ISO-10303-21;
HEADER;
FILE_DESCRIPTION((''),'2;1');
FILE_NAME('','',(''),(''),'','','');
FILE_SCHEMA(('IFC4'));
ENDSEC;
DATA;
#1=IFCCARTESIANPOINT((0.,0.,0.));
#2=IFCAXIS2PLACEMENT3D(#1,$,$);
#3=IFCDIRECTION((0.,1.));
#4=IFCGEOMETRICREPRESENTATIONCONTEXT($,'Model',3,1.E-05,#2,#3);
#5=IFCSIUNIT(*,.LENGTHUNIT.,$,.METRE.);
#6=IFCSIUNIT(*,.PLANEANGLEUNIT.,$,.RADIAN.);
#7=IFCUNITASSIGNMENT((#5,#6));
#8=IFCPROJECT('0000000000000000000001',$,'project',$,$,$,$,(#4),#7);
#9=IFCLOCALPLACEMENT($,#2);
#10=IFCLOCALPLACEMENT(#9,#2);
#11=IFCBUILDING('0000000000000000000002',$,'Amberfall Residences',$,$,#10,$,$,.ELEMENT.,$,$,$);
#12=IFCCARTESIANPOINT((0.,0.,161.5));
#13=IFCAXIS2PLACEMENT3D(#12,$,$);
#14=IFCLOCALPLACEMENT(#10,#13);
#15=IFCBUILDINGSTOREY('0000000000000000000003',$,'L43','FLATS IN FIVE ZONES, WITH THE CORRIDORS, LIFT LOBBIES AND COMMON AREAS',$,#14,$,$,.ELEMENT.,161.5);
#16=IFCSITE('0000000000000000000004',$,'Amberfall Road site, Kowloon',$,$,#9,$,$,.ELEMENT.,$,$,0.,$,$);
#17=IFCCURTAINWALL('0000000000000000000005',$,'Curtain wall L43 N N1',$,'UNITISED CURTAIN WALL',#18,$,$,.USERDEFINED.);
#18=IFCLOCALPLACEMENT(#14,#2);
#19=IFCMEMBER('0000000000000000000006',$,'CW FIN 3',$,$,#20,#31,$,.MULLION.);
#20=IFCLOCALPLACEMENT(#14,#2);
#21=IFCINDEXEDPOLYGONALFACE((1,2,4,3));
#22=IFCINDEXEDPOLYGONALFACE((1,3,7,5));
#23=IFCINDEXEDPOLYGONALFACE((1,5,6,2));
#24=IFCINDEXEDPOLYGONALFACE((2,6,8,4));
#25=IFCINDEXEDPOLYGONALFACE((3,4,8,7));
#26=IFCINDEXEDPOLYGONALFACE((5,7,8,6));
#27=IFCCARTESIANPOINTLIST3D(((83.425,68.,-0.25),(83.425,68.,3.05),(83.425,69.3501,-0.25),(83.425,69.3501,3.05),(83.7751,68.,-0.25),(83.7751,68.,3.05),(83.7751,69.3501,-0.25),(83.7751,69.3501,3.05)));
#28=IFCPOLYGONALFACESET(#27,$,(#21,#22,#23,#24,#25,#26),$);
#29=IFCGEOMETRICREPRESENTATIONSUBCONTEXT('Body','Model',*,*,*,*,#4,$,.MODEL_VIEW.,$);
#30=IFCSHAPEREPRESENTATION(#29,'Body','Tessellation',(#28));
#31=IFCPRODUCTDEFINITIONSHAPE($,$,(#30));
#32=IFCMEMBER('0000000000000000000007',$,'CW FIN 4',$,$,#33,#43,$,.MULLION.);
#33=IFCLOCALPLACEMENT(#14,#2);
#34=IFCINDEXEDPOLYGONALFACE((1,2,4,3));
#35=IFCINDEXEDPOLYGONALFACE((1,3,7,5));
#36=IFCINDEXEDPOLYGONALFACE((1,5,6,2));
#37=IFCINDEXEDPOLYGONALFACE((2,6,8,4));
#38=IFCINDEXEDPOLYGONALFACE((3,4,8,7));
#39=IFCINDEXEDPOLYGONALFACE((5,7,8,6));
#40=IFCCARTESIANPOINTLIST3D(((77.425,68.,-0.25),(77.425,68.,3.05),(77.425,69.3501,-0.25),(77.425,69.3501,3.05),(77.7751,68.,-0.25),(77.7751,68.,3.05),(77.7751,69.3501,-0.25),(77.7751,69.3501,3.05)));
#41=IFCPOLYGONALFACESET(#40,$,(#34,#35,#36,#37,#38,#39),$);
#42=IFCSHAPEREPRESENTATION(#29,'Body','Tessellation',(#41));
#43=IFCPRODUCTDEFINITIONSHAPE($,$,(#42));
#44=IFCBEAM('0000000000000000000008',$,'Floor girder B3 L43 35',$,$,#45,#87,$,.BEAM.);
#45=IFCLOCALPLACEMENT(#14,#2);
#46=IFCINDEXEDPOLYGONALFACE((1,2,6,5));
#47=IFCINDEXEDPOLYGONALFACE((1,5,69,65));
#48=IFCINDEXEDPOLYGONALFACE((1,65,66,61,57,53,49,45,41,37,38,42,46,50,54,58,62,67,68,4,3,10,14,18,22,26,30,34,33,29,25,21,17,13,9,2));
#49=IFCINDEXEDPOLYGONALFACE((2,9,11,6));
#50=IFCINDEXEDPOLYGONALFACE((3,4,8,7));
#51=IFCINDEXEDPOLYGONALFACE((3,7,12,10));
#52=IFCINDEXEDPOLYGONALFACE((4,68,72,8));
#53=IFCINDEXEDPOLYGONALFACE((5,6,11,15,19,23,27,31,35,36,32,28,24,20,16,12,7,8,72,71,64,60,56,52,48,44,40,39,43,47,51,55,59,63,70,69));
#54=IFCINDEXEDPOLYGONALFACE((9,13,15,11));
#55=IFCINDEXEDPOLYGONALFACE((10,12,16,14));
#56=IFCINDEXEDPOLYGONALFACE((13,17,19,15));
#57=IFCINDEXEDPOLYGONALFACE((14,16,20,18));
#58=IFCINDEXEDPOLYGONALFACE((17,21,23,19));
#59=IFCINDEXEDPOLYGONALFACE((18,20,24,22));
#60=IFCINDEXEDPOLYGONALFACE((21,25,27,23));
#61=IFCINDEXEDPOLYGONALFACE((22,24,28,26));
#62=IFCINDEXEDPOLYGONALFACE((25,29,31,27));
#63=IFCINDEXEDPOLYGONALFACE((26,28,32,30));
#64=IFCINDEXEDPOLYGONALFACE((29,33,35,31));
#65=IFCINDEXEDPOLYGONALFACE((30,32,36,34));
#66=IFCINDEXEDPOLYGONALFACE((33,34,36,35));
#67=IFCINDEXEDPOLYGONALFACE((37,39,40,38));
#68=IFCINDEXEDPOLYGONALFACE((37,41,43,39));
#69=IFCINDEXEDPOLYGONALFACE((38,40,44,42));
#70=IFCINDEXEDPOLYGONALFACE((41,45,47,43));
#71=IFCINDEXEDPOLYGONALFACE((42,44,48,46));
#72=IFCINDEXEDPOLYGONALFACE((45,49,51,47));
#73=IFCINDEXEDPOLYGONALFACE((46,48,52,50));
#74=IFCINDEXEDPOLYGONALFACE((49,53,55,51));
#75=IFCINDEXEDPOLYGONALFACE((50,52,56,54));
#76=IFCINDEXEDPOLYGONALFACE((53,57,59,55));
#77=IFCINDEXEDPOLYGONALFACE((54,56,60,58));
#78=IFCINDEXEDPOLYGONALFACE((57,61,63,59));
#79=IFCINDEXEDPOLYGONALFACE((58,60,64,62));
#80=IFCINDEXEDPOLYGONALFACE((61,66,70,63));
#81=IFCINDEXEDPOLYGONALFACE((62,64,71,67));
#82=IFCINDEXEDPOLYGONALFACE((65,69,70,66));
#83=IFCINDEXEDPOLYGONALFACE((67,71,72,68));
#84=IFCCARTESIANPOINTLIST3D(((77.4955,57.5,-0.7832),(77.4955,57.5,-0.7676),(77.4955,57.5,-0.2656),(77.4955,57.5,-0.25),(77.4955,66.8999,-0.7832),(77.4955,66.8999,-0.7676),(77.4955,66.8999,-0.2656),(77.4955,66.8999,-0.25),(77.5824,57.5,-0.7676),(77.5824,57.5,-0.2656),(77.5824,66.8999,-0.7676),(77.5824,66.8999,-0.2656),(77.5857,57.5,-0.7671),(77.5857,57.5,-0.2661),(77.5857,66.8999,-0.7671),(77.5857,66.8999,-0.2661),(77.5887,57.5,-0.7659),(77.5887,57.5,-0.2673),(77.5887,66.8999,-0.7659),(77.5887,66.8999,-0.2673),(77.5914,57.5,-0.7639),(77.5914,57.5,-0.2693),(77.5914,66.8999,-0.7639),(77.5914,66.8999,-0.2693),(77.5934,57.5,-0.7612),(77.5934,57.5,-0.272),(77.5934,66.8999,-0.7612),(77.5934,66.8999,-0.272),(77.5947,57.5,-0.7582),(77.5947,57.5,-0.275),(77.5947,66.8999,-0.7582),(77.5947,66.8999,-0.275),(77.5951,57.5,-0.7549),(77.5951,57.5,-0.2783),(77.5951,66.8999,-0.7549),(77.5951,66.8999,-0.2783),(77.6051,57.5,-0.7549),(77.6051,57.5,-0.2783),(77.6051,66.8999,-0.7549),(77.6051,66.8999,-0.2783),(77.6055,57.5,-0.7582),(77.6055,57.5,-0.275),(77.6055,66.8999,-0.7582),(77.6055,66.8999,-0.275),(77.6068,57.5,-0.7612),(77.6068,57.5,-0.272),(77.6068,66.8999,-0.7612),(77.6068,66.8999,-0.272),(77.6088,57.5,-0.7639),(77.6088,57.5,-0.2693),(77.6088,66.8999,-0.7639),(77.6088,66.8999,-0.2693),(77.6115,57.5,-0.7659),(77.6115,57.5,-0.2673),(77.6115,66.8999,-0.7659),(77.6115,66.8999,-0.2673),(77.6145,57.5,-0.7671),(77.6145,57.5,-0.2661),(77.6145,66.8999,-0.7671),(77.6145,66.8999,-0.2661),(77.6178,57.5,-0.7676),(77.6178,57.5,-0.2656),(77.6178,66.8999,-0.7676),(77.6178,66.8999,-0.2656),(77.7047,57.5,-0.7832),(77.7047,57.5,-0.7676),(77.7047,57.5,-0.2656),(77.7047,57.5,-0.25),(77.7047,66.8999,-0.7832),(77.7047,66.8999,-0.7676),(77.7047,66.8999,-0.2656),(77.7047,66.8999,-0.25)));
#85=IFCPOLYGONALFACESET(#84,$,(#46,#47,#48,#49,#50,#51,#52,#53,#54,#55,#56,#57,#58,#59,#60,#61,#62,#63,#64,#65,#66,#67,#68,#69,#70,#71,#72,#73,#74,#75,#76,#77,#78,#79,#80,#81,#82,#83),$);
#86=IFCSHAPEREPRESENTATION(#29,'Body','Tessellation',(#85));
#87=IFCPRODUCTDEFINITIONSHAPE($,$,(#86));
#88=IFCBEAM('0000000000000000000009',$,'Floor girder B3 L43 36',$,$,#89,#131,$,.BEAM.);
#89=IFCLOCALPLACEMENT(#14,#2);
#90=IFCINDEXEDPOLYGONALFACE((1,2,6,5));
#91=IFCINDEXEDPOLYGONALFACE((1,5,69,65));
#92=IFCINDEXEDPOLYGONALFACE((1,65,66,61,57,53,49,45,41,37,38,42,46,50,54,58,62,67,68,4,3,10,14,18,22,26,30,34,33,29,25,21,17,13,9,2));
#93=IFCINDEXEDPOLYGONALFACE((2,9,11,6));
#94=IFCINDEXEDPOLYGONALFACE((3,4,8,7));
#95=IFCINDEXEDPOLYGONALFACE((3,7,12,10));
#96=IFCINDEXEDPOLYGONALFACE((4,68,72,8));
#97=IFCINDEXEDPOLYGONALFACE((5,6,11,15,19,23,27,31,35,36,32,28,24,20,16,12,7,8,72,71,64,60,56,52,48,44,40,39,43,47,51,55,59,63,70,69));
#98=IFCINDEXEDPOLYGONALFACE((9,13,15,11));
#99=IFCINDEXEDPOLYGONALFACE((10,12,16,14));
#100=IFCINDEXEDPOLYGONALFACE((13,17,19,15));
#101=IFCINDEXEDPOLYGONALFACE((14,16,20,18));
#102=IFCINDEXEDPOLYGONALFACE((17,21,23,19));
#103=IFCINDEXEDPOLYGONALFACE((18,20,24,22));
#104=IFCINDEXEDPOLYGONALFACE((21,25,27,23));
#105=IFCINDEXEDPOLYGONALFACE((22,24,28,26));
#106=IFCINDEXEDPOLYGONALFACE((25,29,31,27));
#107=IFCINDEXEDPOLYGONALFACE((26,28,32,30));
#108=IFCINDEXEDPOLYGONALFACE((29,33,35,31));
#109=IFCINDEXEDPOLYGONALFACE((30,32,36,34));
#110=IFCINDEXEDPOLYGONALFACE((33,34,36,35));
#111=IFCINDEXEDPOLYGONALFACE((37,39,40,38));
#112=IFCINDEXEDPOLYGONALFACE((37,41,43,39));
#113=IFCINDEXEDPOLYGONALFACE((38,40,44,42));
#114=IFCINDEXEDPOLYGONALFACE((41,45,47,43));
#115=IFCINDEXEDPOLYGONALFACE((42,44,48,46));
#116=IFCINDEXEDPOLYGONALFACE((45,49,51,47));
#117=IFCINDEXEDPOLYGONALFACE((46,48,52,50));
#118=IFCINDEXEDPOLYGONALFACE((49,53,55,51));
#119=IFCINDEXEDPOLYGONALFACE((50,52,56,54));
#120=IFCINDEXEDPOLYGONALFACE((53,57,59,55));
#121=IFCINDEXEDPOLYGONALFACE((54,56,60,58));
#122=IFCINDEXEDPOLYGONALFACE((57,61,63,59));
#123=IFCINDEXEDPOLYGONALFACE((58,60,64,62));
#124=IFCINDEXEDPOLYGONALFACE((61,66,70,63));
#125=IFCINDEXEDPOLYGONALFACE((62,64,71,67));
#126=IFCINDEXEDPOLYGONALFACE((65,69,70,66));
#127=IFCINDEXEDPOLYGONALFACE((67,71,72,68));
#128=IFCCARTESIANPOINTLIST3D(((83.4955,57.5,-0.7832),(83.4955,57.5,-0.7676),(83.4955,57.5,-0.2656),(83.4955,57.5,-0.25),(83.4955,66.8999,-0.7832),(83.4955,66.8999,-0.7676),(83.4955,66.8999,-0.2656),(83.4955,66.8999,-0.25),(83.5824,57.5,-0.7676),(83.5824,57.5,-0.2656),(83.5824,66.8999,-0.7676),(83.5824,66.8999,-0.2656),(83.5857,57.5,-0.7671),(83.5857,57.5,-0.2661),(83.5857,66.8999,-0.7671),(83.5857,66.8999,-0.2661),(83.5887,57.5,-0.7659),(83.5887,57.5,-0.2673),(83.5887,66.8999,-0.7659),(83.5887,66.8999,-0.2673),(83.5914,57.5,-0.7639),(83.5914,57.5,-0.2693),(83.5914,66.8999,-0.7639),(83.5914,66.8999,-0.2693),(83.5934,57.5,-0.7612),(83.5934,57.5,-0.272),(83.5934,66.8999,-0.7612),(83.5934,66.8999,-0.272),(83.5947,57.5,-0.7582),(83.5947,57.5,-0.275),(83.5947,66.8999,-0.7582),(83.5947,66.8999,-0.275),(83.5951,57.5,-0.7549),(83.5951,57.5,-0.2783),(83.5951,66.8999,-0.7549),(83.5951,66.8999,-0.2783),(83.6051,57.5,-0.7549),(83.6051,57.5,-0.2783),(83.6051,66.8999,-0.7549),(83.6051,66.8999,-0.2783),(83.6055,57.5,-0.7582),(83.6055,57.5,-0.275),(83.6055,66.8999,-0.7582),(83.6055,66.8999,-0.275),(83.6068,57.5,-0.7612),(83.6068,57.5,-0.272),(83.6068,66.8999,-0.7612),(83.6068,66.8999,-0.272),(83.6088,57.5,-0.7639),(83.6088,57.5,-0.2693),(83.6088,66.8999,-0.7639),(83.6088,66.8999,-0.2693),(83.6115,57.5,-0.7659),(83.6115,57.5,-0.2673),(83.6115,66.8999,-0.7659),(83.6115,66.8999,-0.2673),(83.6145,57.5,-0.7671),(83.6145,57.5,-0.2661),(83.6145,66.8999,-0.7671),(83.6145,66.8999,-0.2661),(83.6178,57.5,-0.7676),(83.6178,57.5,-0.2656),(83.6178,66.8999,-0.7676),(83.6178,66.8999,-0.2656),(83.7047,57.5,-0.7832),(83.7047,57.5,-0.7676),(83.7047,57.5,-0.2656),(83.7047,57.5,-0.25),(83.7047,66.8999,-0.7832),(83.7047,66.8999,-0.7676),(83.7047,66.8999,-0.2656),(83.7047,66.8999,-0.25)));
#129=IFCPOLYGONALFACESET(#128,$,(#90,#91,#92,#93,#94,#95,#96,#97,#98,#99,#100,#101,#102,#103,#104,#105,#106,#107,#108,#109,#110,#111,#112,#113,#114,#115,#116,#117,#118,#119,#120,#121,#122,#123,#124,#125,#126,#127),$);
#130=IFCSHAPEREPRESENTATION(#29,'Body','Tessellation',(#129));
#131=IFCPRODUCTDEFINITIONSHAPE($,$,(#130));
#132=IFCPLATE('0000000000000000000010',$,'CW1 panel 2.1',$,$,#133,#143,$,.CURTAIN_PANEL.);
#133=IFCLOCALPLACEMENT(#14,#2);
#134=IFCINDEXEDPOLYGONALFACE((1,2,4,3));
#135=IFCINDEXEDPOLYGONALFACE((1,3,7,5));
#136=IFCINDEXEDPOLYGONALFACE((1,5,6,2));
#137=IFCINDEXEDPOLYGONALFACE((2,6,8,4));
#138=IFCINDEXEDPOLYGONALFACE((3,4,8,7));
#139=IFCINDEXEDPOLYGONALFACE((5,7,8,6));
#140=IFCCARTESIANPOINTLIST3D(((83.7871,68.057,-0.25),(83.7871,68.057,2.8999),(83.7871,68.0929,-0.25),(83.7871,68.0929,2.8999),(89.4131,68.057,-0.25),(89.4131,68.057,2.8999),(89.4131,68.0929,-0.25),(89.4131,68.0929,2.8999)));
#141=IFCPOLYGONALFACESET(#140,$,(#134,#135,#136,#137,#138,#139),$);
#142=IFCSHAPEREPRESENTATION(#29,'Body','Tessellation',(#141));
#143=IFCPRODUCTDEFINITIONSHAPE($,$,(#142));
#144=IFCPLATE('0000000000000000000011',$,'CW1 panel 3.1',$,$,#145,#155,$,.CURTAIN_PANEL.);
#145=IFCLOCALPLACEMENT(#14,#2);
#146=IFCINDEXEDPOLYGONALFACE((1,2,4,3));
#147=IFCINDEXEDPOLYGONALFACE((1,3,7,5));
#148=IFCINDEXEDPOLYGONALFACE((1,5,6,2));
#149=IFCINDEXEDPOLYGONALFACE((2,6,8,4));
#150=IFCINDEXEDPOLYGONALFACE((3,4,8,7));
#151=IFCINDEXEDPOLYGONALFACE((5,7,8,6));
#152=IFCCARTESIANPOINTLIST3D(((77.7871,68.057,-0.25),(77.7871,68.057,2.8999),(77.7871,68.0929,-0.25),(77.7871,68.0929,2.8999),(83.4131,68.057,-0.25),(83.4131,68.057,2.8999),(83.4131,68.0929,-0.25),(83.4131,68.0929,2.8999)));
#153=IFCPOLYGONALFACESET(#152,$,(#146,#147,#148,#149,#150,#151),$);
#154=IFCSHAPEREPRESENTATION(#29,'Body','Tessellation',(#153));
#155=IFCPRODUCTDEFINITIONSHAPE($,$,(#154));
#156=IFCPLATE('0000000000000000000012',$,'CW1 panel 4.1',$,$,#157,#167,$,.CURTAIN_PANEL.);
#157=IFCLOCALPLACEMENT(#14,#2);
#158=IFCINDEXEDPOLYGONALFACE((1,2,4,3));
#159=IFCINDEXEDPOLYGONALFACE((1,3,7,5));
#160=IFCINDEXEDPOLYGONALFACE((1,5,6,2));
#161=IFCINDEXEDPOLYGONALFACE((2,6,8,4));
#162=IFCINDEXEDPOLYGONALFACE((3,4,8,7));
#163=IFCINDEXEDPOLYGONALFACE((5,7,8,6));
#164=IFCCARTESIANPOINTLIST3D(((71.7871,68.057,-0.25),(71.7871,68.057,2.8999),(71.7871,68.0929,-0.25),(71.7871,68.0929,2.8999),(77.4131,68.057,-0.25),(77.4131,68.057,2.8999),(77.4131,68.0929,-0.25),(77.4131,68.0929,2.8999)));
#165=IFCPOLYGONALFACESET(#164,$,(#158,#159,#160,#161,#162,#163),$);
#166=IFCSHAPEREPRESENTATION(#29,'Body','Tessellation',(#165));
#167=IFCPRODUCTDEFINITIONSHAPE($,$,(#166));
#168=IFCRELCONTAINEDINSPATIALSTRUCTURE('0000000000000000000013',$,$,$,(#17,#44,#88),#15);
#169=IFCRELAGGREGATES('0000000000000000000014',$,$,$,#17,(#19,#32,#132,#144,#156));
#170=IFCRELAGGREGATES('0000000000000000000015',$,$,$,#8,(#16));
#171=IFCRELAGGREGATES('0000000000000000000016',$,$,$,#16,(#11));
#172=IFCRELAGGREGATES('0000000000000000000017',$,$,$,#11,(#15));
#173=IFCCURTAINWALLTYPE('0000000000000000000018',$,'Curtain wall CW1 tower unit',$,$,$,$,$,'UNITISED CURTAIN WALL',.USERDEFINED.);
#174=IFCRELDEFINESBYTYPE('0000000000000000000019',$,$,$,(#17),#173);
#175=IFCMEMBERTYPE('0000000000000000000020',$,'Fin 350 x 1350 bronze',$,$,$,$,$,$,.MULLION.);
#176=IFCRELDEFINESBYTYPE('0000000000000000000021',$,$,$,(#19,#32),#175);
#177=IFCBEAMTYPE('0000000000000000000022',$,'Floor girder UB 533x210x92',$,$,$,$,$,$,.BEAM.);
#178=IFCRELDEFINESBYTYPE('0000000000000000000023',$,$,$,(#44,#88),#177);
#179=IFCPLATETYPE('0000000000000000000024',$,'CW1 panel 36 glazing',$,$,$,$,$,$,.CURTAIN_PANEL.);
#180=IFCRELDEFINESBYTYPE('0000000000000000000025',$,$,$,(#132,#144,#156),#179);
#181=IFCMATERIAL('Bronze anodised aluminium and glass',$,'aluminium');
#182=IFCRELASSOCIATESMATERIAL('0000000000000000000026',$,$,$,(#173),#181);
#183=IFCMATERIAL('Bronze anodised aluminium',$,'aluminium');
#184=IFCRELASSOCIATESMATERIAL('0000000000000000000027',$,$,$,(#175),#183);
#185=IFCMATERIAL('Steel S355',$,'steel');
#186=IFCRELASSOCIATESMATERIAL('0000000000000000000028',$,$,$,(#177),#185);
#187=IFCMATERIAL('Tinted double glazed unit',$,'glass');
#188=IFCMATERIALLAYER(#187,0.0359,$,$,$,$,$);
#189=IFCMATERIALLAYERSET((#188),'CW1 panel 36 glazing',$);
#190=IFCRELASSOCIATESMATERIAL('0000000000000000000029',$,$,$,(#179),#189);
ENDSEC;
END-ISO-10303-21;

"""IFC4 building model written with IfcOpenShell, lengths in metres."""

from ifc_helpers import new_model, si_unit, direction, frame, origin, origin_2d, place, context, subcontext, project, spatial, rectangle, i_section, extrude, material, layer, layer_set, material_profile, profile_set, type_object, element, aggregate, save


model = new_model("IFC4")

# Units and contexts
model_context = context("Model", 3, precision=1e-05, world=origin(), true_north=direction((0.0, 1.0)))
body_context = subcontext(model_context, "Body", "Model", "MODEL_VIEW")
ifc_project = project(units=[si_unit("LENGTHUNIT", "METRE"), si_unit("PLANEANGLEUNIT", "RADIAN")], contexts=[model_context])

# Site, building, storey
site_placement = place(None, origin())
site = spatial("IfcSite", under=ifc_project, at=site_placement, Name="Amberfall Road site, Kowloon", CompositionType="ELEMENT", RefElevation=0.0)
building_placement = place(site_placement, origin())
building = spatial("IfcBuilding", under=site, at=building_placement, Name="Amberfall Residences", CompositionType="ELEMENT")
storey_placement = place(building_placement, frame((0.0, 0.0, 161.5)))
storey = spatial("IfcBuildingStorey", under=building, at=storey_placement, Name="L43", Description="FLATS IN FIVE ZONES, WITH THE CORRIDORS, LIFT LOBBIES AND COMMON AREAS", CompositionType="ELEMENT", Elevation=161.5)

# Curtain wall
ifc_material_1 = material(Name="Bronze anodised aluminium and glass", Category="aluminium")
curtain_wall_type = type_object("IfcCurtainWallType", Name="Curtain wall CW1 tower unit", ElementType="UNITISED CURTAIN WALL", PredefinedType="USERDEFINED", material=ifc_material_1)
curtain_wall_placement = place(storey_placement, origin())
curtain_wall = element("IfcCurtainWall", 1, at=curtain_wall_placement, inside=storey, type_object=curtain_wall_type, Name="Curtain wall L43 N N1", ObjectType="UNITISED CURTAIN WALL", PredefinedType="USERDEFINED")
ifc_material_2 = material(Name="Bronze anodised aluminium", Category="aluminium")

# Shared definitions
ifc_material_3 = material(Name="Steel S355", Category="steel")

# Members
ifc_material_profile_1 = material_profile(ifc_material_2, rectangle(XDim=1.3501, YDim=0.3501, at=origin_2d()), Name="Fin 350 x 1350 bronze")
ifc_profile_set_1 = profile_set([ifc_material_profile_1], Name="Bronze anodised aluminium")
member_type_1 = type_object("IfcMemberType", Name="Fin 350 x 1350 bronze", PredefinedType="MULLION", material=ifc_profile_set_1)
member_1_placement = place(storey_placement, frame((83.6001, 68.675, -0.25), z_axis=(0.0, 0.0, 1.0), x_axis=(0.0, -1.0, 0.0)))
member_1 = element("IfcMember", 2, at=member_1_placement, type_object=member_type_1, Name="CW FIN 3", PredefinedType="MULLION", context=body_context, shape_type="SweptSolid", body=[
    extrude(rectangle(XDim=1.3501, YDim=0.3501, at=origin_2d()), origin(), (0.0, 0.0, 1.0), 3.3),
])
member_2_placement = place(storey_placement, frame((77.6001, 68.675, -0.25), z_axis=(0.0, 0.0, 1.0), x_axis=(0.0, -1.0, 0.0)))
member_2 = element("IfcMember", 3, at=member_2_placement, type_object=member_type_1, Name="CW FIN 4", PredefinedType="MULLION", context=body_context, shape_type="SweptSolid", body=[
    extrude(rectangle(XDim=1.3501, YDim=0.3501, at=origin_2d()), origin(), (0.0, 0.0, 1.0), 3.3),
])

# Beams
ifc_material_profile_2 = material_profile(ifc_material_3, i_section(OverallWidth=0.2092, OverallDepth=0.5332, WebThickness=0.01, FlangeThickness=0.0156, FilletRadius=0.0127, at=origin_2d()), Name="UB 533x210x92")
ifc_profile_set_2 = profile_set([ifc_material_profile_2], Name="Steel S355")
beam_type_1 = type_object("IfcBeamType", Name="Floor girder UB 533x210x92", PredefinedType="BEAM", material=ifc_profile_set_2)
for number, where, z_axis, x_axis, name in (
    (4, (77.6001, 66.8999, -0.5166), (0.0, -1.0, 0.0), (1.0, 0.0, 0.0), "Floor girder B3 L43 35"),
    (5, (83.6001, 66.8999, -0.5166), (0.0, -1.0, 0.0), (1.0, 0.0, 0.0), "Floor girder B3 L43 36"),
):
    element("IfcBeam", number, at=place(storey_placement, frame(where, z_axis=z_axis, x_axis=x_axis)), inside=storey, type_object=beam_type_1, Name=name, PredefinedType="BEAM", context=body_context, shape_type="SweptSolid", body=[
        extrude(i_section(OverallWidth=0.2092, OverallDepth=0.5332, WebThickness=0.01, FlangeThickness=0.0156, FilletRadius=0.0127, at=origin_2d()), origin(), (0.0, 0.0, 1.0), 9.3999),
    ])

# Plates
ifc_material_4 = material(Name="Tinted double glazed unit", Category="glass")
ifc_layer_1 = layer(ifc_material_4, 0.0359)
ifc_layer_set_1 = layer_set([ifc_layer_1], Name="CW1 panel 36 glazing")
plate_type = type_object("IfcPlateType", Name="CW1 panel 36 glazing", PredefinedType="CURTAIN_PANEL", material=ifc_layer_set_1)
plate_1_placement = place(storey_placement, frame((86.6001, 68.075, -0.25), z_axis=(0.0, 0.0, 1.0), x_axis=(-1.0, 0.0, 0.0)))
plate_1 = element("IfcPlate", 6, at=plate_1_placement, type_object=plate_type, Name="CW1 panel 2.1", PredefinedType="CURTAIN_PANEL", context=body_context, shape_type="SweptSolid", body=[
    extrude(rectangle(XDim=5.626, YDim=0.0359, at=origin_2d()), origin(), (0.0, 0.0, 1.0), 3.1499),
])
plate_2_placement = place(storey_placement, frame((80.6001, 68.075, -0.25), z_axis=(0.0, 0.0, 1.0), x_axis=(-1.0, 0.0, 0.0)))
plate_2 = element("IfcPlate", 7, at=plate_2_placement, type_object=plate_type, Name="CW1 panel 3.1", PredefinedType="CURTAIN_PANEL", context=body_context, shape_type="SweptSolid", body=[
    extrude(rectangle(XDim=5.626, YDim=0.0359, at=origin_2d()), origin(), (0.0, 0.0, 1.0), 3.1499),
])
plate_3_placement = place(storey_placement, frame((74.6001, 68.075, -0.25), z_axis=(0.0, 0.0, 1.0), x_axis=(-1.0, 0.0, 0.0)))
plate_3 = element("IfcPlate", 8, at=plate_3_placement, type_object=plate_type, Name="CW1 panel 4.1", PredefinedType="CURTAIN_PANEL", context=body_context, shape_type="SweptSolid", body=[
    extrude(rectangle(XDim=5.626, YDim=0.0359, at=origin_2d()), origin(), (0.0, 0.0, 1.0), 3.1499),
])
aggregate(curtain_wall, [member_1, member_2, plate_1, plate_2, plate_3])

save(model, "model.ifc")
